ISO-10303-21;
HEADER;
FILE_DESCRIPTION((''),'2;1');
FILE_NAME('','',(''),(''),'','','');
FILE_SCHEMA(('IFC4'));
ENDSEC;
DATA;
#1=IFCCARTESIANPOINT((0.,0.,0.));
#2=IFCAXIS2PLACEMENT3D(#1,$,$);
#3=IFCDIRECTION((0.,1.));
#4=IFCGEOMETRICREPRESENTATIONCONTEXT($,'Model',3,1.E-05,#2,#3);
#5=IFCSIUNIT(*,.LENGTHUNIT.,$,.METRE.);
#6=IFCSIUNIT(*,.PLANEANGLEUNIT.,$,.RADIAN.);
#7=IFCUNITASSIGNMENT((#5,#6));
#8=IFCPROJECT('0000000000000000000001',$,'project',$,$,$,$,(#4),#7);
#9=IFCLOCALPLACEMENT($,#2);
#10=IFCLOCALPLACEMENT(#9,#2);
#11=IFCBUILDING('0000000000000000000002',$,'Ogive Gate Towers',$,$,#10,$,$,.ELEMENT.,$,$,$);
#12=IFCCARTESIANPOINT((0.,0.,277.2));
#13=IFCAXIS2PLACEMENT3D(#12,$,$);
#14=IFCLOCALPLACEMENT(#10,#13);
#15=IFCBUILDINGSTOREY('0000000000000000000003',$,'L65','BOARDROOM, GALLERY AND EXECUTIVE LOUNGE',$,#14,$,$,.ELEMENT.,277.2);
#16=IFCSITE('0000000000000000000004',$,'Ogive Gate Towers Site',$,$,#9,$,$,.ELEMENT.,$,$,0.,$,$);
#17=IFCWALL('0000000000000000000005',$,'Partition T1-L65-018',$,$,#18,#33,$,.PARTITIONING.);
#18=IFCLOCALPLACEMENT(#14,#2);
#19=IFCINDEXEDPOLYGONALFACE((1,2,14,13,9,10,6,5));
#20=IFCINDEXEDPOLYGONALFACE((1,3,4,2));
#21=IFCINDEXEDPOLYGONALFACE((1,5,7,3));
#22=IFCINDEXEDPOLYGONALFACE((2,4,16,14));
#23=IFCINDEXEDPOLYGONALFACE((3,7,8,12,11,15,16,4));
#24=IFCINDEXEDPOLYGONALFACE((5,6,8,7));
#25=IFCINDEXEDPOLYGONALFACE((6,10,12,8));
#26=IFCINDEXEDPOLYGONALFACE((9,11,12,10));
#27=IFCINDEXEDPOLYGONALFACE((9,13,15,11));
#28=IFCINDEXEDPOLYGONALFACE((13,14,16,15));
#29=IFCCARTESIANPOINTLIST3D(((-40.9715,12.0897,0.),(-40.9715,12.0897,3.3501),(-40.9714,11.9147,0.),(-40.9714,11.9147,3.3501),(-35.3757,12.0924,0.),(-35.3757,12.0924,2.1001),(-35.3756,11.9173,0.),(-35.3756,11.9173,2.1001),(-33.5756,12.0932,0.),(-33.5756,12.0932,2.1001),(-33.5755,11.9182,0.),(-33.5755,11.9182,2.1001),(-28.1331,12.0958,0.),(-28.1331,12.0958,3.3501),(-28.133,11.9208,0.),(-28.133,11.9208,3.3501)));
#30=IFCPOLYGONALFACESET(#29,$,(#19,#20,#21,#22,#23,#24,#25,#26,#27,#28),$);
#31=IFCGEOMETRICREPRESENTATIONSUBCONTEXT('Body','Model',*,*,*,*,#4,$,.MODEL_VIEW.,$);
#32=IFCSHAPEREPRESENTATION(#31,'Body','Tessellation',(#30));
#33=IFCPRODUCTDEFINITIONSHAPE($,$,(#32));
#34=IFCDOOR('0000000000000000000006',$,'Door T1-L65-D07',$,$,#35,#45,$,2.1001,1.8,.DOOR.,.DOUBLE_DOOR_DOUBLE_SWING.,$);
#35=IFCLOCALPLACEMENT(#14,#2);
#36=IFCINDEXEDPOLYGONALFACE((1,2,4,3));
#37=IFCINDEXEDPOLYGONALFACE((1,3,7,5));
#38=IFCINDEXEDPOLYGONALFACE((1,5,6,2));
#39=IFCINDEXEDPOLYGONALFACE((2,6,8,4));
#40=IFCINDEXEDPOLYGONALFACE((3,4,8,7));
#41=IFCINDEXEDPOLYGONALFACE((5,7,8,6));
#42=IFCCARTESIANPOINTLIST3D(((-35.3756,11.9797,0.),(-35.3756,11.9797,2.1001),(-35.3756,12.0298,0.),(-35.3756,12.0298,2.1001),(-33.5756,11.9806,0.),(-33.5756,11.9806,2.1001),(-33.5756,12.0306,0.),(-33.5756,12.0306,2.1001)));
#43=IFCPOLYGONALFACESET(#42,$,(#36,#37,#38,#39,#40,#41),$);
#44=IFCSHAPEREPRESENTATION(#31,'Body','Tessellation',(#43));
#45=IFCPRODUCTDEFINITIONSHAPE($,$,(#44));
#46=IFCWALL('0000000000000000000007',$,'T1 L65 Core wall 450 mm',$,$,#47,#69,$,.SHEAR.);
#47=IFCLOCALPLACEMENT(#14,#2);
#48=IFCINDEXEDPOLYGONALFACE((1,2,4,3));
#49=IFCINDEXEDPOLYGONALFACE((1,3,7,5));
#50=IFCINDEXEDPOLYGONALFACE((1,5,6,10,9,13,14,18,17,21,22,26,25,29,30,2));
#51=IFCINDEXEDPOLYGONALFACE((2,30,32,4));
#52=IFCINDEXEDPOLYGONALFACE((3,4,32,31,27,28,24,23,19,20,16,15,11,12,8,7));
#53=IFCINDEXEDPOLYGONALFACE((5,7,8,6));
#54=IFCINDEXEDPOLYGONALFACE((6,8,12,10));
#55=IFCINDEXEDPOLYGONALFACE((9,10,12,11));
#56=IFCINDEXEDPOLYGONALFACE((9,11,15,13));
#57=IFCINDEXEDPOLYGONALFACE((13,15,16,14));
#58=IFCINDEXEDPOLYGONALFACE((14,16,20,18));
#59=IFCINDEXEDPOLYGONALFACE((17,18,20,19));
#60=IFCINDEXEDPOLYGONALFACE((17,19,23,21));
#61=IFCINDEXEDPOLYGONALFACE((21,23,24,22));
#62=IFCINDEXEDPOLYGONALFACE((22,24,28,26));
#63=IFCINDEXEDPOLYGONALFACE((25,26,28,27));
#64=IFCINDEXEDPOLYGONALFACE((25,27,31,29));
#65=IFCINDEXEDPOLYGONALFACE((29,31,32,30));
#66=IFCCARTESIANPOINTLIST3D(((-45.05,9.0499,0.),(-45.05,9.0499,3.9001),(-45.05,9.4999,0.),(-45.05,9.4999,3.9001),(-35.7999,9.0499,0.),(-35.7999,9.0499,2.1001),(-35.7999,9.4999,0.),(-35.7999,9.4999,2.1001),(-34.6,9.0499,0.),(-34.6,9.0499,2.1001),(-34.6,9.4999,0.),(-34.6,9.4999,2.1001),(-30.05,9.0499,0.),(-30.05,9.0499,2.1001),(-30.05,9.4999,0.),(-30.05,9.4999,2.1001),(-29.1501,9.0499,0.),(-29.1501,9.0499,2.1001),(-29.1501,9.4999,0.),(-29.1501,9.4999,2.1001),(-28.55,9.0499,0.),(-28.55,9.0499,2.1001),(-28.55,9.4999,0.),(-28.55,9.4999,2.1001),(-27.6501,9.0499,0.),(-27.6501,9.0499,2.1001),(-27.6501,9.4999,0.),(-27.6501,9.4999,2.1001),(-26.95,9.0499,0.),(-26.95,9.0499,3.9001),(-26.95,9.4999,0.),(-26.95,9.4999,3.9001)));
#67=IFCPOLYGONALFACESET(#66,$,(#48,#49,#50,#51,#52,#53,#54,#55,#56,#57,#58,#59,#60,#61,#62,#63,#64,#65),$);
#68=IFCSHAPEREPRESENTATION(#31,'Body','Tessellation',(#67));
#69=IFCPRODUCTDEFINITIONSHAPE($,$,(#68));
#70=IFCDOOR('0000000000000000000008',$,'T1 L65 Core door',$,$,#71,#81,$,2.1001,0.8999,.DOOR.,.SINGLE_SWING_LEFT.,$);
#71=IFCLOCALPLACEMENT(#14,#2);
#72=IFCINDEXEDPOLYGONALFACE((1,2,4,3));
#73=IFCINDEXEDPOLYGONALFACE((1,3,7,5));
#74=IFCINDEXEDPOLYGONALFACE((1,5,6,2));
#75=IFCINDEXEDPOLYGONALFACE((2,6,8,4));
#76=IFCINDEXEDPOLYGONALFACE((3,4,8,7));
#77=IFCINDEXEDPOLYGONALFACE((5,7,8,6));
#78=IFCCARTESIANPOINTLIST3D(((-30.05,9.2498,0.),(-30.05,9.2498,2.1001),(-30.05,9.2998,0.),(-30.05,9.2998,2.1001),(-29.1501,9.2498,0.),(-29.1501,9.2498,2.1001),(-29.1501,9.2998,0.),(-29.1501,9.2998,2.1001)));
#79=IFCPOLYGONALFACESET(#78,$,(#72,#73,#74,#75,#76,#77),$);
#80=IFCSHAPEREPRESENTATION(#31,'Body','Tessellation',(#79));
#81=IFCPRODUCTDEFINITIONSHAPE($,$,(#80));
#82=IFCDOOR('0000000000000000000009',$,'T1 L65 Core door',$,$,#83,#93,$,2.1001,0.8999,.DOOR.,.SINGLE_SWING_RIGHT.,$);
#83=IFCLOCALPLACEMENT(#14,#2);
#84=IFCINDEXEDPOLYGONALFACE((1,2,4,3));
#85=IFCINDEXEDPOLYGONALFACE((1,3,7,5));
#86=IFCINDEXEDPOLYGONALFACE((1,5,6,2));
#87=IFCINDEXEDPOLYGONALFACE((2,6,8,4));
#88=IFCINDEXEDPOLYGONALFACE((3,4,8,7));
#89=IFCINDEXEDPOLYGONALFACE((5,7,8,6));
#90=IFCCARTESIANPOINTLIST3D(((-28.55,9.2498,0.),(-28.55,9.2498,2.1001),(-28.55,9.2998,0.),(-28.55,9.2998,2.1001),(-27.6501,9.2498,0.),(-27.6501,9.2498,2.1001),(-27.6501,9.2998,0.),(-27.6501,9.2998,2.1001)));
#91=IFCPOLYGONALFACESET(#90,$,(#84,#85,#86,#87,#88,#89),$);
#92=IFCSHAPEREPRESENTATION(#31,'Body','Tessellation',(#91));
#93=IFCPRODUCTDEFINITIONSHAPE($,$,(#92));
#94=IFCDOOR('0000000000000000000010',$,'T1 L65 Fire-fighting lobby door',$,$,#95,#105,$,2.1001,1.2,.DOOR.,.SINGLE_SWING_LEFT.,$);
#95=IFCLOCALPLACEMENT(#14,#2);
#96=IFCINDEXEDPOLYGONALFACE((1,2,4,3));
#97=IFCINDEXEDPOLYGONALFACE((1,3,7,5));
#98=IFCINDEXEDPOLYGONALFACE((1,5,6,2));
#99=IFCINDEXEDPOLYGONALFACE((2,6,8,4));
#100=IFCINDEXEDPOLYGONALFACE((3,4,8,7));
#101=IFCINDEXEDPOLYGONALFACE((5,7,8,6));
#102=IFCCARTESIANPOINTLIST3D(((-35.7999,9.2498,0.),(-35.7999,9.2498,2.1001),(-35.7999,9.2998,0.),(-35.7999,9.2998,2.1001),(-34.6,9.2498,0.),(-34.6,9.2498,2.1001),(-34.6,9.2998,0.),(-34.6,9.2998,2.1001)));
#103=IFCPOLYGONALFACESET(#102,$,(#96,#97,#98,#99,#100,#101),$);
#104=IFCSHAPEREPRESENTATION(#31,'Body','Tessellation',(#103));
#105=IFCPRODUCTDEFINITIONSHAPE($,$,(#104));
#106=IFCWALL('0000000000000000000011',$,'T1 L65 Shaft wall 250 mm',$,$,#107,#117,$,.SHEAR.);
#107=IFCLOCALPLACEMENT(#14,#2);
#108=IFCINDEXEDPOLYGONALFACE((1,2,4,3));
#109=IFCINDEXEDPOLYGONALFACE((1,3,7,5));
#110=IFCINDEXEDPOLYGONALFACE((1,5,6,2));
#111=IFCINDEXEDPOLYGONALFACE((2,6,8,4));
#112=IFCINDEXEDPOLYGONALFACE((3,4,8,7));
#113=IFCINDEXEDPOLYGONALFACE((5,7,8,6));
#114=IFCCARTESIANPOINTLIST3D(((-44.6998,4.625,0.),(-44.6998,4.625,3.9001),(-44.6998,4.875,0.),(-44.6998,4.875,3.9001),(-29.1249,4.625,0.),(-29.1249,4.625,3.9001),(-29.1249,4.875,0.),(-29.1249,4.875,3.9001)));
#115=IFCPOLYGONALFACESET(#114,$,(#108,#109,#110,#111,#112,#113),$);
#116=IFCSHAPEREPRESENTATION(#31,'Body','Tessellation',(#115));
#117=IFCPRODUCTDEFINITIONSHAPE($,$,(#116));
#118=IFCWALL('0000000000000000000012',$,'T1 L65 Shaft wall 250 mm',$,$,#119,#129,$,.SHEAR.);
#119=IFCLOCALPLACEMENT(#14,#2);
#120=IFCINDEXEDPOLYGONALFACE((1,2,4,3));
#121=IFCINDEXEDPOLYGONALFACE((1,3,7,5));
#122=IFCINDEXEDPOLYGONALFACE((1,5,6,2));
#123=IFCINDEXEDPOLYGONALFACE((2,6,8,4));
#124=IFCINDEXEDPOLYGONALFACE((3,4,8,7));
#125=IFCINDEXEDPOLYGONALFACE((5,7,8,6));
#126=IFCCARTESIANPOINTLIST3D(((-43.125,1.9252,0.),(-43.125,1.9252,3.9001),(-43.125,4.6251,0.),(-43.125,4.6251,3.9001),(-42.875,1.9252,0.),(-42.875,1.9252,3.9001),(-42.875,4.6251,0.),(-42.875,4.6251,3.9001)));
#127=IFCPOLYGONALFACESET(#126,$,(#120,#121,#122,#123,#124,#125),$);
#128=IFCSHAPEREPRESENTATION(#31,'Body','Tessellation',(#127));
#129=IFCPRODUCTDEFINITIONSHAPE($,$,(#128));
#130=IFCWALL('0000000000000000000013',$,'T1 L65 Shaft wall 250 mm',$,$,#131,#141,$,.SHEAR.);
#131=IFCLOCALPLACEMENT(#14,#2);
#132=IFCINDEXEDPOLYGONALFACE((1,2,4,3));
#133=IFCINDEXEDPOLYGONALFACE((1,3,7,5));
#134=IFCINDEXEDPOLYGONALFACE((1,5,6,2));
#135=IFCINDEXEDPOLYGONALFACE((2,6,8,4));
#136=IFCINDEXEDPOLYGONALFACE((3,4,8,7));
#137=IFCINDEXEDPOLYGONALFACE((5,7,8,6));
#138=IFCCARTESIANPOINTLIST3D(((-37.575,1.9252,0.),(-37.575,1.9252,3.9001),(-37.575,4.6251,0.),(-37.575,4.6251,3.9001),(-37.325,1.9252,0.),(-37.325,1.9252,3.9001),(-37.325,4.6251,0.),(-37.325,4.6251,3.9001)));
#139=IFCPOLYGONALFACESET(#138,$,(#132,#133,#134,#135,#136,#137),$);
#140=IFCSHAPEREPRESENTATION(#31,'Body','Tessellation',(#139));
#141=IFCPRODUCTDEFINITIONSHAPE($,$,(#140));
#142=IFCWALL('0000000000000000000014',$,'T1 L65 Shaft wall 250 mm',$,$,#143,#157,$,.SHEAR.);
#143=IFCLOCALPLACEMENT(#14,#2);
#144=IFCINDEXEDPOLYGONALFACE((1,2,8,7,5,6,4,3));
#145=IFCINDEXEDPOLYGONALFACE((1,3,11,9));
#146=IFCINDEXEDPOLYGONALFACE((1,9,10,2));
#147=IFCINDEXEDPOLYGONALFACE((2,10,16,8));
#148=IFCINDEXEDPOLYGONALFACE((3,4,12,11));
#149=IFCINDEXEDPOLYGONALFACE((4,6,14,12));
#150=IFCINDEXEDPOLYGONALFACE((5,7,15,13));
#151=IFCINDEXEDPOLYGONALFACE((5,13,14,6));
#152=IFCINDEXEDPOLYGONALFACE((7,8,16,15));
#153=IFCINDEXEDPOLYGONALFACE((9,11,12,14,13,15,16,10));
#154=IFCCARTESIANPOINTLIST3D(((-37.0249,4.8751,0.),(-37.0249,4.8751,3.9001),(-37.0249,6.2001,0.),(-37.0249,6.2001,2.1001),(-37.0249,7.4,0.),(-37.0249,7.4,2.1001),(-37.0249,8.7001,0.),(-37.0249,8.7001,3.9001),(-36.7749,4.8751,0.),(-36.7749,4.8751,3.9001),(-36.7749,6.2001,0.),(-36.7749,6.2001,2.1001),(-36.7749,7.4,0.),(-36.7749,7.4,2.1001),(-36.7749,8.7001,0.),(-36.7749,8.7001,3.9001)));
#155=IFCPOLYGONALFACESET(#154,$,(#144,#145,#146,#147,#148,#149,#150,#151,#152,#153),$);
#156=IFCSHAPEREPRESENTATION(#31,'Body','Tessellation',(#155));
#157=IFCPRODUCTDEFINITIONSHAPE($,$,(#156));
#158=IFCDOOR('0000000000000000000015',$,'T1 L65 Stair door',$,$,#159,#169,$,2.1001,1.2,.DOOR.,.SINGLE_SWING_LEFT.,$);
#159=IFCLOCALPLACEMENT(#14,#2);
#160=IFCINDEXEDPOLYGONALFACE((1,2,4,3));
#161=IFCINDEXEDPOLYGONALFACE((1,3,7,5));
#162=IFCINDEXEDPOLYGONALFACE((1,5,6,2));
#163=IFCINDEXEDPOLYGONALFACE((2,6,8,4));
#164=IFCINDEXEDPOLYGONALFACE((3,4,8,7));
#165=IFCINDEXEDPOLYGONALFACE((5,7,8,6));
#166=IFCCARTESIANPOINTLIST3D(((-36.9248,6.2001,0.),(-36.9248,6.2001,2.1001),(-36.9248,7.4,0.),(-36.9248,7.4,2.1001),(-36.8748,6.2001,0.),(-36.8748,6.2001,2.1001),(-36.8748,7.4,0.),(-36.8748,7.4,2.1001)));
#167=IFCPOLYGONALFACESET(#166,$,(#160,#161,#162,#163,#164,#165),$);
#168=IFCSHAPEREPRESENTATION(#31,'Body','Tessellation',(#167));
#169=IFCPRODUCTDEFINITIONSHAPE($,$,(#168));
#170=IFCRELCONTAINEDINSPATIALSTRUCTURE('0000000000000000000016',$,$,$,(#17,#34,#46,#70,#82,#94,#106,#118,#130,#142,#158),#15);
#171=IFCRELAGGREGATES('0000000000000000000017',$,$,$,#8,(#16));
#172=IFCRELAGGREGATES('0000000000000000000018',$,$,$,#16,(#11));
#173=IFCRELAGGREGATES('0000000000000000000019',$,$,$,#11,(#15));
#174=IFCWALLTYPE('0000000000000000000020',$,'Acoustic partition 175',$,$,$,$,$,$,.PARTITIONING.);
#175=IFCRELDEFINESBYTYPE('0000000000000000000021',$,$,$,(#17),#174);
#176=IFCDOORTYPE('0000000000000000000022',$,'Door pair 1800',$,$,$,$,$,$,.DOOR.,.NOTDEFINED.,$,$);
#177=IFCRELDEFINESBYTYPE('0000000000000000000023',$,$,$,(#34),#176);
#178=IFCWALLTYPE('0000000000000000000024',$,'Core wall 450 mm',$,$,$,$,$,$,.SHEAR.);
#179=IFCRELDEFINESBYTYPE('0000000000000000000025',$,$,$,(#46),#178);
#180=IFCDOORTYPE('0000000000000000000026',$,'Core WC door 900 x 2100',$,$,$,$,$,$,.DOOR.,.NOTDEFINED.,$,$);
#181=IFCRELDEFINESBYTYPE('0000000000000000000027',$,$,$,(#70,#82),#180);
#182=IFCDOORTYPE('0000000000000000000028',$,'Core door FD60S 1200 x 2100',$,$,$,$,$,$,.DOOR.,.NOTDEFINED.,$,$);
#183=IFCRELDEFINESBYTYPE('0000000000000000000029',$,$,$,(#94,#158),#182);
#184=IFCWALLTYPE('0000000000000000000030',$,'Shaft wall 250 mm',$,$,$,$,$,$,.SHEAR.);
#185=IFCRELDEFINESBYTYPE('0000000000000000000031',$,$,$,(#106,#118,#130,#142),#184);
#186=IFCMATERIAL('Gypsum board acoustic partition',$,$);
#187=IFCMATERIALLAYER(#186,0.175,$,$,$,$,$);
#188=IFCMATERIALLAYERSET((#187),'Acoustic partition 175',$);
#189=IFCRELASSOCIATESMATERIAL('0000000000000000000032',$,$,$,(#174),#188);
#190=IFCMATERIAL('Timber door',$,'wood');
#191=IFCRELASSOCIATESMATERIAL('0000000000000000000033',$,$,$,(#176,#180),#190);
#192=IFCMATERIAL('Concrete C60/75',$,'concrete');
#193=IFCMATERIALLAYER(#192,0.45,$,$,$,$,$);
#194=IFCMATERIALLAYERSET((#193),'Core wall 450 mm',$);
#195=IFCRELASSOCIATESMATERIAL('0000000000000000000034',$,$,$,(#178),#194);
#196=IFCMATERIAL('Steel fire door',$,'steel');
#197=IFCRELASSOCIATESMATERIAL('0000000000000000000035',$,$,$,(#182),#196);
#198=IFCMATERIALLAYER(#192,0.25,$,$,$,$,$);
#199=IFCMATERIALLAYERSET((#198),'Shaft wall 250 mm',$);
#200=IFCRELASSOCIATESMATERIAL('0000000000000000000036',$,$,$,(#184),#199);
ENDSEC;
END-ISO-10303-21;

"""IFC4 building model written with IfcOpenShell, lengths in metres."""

from ifc_helpers import new_model, si_unit, direction, frame, frame_2d, origin, place, context, subcontext, project, spatial, rectangle, extrude, material, layer, layer_set, type_object, element, fill, save


model = new_model("IFC4")

# Units and contexts
model_context = context("Model", 3, precision=1e-05, world=origin(), true_north=direction((0.0, 1.0)))
body_context = subcontext(model_context, "Body", "Model", "MODEL_VIEW")
ifc_project = project(units=[si_unit("LENGTHUNIT", "METRE"), si_unit("PLANEANGLEUNIT", "RADIAN")], contexts=[model_context])

# Site, building, storey
site_placement = place(None, origin())
site = spatial("IfcSite", under=ifc_project, at=site_placement, Name="Ogive Gate Towers Site", CompositionType="ELEMENT", RefElevation=0.0)
building_placement = place(site_placement, origin())
building = spatial("IfcBuilding", under=site, at=building_placement, Name="Ogive Gate Towers", CompositionType="ELEMENT")
storey_placement = place(building_placement, frame((0.0, 0.0, 277.2)))
storey = spatial("IfcBuildingStorey", under=building, at=storey_placement, Name="L65", Description="BOARDROOM, GALLERY AND EXECUTIVE LOUNGE", CompositionType="ELEMENT", Elevation=277.2)

# Wall, opening, door
ifc_material_1 = material(Name="Gypsum board acoustic partition")
ifc_layer_1 = layer(ifc_material_1, 0.175)
ifc_layer_set_1 = layer_set([ifc_layer_1], Name="Acoustic partition 175")
wall_type_1 = type_object("IfcWallType", Name="Acoustic partition 175", PredefinedType="PARTITIONING", material=ifc_layer_set_1)
wall_1_placement = place(storey_placement, frame((-40.9714, 12.0022, 0.0), z_axis=(0.0, 0.0, 1.0), x_axis=(1.0, 0.000475, 0.0)))
wall_1 = element("IfcWall", 1, at=wall_1_placement, inside=storey, type_object=wall_type_1, Name="Partition T1-L65-018", PredefinedType="PARTITIONING", context=body_context, shape_type="SweptSolid", body=[
    extrude(rectangle(XDim=12.8384, YDim=0.175, at=frame_2d((6.4192, 0.0))), origin(), (0.0, 0.0, 1.0), 3.3501),
])
opening_1_placement = place(wall_1_placement, frame((5.5959, 0.0, 0.0)))
opening_1 = element("IfcOpeningElement", 2, at=opening_1_placement, cuts=wall_1, PredefinedType="OPENING", context=body_context, shape_type="SweptSolid", body=[
    extrude(rectangle(XDim=1.8, YDim=2.1001, at=frame_2d((0.8999, 1.05))), frame((0.0, 0.0977, 0.0), z_axis=(0.0, -1.0, 0.0), x_axis=(1.0, 0.0, 0.0)), (0.0, 0.0, 1.0), 0.1951),
])
ifc_material_2 = material(Name="Timber door", Category="wood")
door_type_1 = type_object("IfcDoorType", Name="Door pair 1800", OperationType="NOTDEFINED", PredefinedType="DOOR", material=ifc_material_2)
door_1_placement = place(opening_1_placement, origin())
door_1 = element("IfcDoor", 3, at=door_1_placement, inside=storey, type_object=door_type_1, Name="Door T1-L65-D07", OperationType="DOUBLE_DOOR_DOUBLE_SWING", OverallHeight=2.1001, OverallWidth=1.8, PredefinedType="DOOR", context=body_context, shape_type="SweptSolid", body=[
    extrude(rectangle(XDim=1.8, YDim=2.1001, at=frame_2d((0.8999, 1.05))), frame((0.0, 0.0249, 0.0), z_axis=(0.0, -1.0, 0.0), x_axis=(1.0, 0.0, 0.0)), (0.0, 0.0, 1.0), 0.05),
])
fill(opening_1, door_1)

# Wall, openings, doors
ifc_material_3 = material(Name="Concrete C60/75", Category="concrete")
ifc_layer_2 = layer(ifc_material_3, 0.45)
ifc_layer_set_2 = layer_set([ifc_layer_2], Name="Core wall 450 mm")
wall_type_2 = type_object("IfcWallType", Name="Core wall 450 mm", PredefinedType="SHEAR", material=ifc_layer_set_2)
wall_2_placement = place(storey_placement, frame((-45.05, 9.2749, 0.0), z_axis=(0.0, 0.0, 1.0), x_axis=(1.0, 0.0, 0.0)))
wall_2 = element("IfcWall", 4, at=wall_2_placement, inside=storey, type_object=wall_type_2, Name="T1 L65 Core wall 450 mm", PredefinedType="SHEAR", context=body_context, shape_type="SweptSolid", body=[
    extrude(rectangle(XDim=18.1001, YDim=0.45, at=frame_2d((9.05, 0.0))), origin(), (0.0, 0.0, 1.0), 3.9001),
])
opening_2_placement = place(wall_2_placement, frame((9.25, 0.0, 0.0)))
opening_2 = element("IfcOpeningElement", 5, at=opening_2_placement, cuts=wall_2, PredefinedType="OPENING", context=body_context, shape_type="SweptSolid", body=[
    extrude(rectangle(XDim=1.2, YDim=2.1001, at=frame_2d((0.6001, 1.05))), frame((0.0, 0.2349, 0.0), z_axis=(0.0, -1.0, 0.0), x_axis=(1.0, 0.0, 0.0)), (0.0, 0.0, 1.0), 0.47),
])
opening_3_placement = place(wall_2_placement, frame((15.0, 0.0, 0.0)))
opening_3 = element("IfcOpeningElement", 6, at=opening_3_placement, cuts=wall_2, PredefinedType="OPENING", context=body_context, shape_type="SweptSolid", body=[
    extrude(rectangle(XDim=0.8999, YDim=2.1001, at=frame_2d((0.45, 1.05))), frame((0.0, 0.2349, 0.0), z_axis=(0.0, -1.0, 0.0), x_axis=(1.0, 0.0, 0.0)), (0.0, 0.0, 1.0), 0.47),
])
opening_4_placement = place(wall_2_placement, frame((16.5, 0.0, 0.0)))
opening_4 = element("IfcOpeningElement", 7, at=opening_4_placement, cuts=wall_2, PredefinedType="OPENING", context=body_context, shape_type="SweptSolid", body=[
    extrude(rectangle(XDim=0.8999, YDim=2.1001, at=frame_2d((0.45, 1.05))), frame((0.0, 0.2349, 0.0), z_axis=(0.0, -1.0, 0.0), x_axis=(1.0, 0.0, 0.0)), (0.0, 0.0, 1.0), 0.47),
])
door_type_2 = type_object("IfcDoorType", Name="Core WC door 900 x 2100", OperationType="NOTDEFINED", PredefinedType="DOOR", material=ifc_material_2)
door_2_placement = place(opening_3_placement, origin())
door_2 = element("IfcDoor", 8, at=door_2_placement, inside=storey, type_object=door_type_2, Name="T1 L65 Core door", OperationType="SINGLE_SWING_LEFT", OverallHeight=2.1001, OverallWidth=0.8999, PredefinedType="DOOR", context=body_context, shape_type="SweptSolid", body=[
    extrude(rectangle(XDim=0.8999, YDim=2.1001, at=frame_2d((0.45, 1.05))), frame((0.0, 0.0249, 0.0), z_axis=(0.0, -1.0, 0.0), x_axis=(1.0, 0.0, 0.0)), (0.0, 0.0, 1.0), 0.05),
])
fill(opening_3, door_2)
door_3_placement = place(opening_4_placement, origin())
door_3 = element("IfcDoor", 9, at=door_3_placement, inside=storey, type_object=door_type_2, Name="T1 L65 Core door", OperationType="SINGLE_SWING_RIGHT", OverallHeight=2.1001, OverallWidth=0.8999, PredefinedType="DOOR", context=body_context, shape_type="SweptSolid", body=[
    extrude(rectangle(XDim=0.8999, YDim=2.1001, at=frame_2d((0.45, 1.05))), frame((0.0, 0.0249, 0.0), z_axis=(0.0, -1.0, 0.0), x_axis=(1.0, 0.0, 0.0)), (0.0, 0.0, 1.0), 0.05),
])
fill(opening_4, door_3)
ifc_material_4 = material(Name="Steel fire door", Category="steel")
door_type_3 = type_object("IfcDoorType", Name="Core door FD60S 1200 x 2100", OperationType="NOTDEFINED", PredefinedType="DOOR", material=ifc_material_4)
door_4_placement = place(opening_2_placement, origin())
door_4 = element("IfcDoor", 10, at=door_4_placement, inside=storey, type_object=door_type_3, Name="T1 L65 Fire-fighting lobby door", OperationType="SINGLE_SWING_LEFT", OverallHeight=2.1001, OverallWidth=1.2, PredefinedType="DOOR", context=body_context, shape_type="SweptSolid", body=[
    extrude(rectangle(XDim=1.2, YDim=2.1001, at=frame_2d((0.6001, 1.05))), frame((0.0, 0.0249, 0.0), z_axis=(0.0, -1.0, 0.0), x_axis=(1.0, 0.0, 0.0)), (0.0, 0.0, 1.0), 0.05),
])
fill(opening_2, door_4)

# Walls
ifc_layer_3 = layer(ifc_material_3, 0.25)
ifc_layer_set_3 = layer_set([ifc_layer_3], Name="Shaft wall 250 mm")
wall_type_3 = type_object("IfcWallType", Name="Shaft wall 250 mm", PredefinedType="SHEAR", material=ifc_layer_set_3)
wall_3_placement = place(storey_placement, frame((-44.7, 4.75, 0.0), z_axis=(0.0, 0.0, 1.0), x_axis=(1.0, 0.0, 0.0)))
element("IfcWall", 11, at=wall_3_placement, inside=storey, type_object=wall_type_3, Name="T1 L65 Shaft wall 250 mm", PredefinedType="SHEAR", context=body_context, shape_type="SweptSolid", body=[
    extrude(rectangle(XDim=15.575, YDim=0.25, at=frame_2d((7.7876, 0.0))), origin(), (0.0, 0.0, 1.0), 3.9001),
])
for number, where, z_axis, x_axis, name in (
    (12, (-43.0, 1.925, 0.0), (0.0, 0.0, 1.0), (0.0, 1.0, 0.0), "T1 L65 Shaft wall 250 mm"),
    (13, (-37.45, 1.925, 0.0), (0.0, 0.0, 1.0), (0.0, 1.0, 0.0), "T1 L65 Shaft wall 250 mm"),
):
    element("IfcWall", number, at=place(storey_placement, frame(where, z_axis=z_axis, x_axis=x_axis)), inside=storey, type_object=wall_type_3, Name=name, PredefinedType="SHEAR", context=body_context, shape_type="SweptSolid", body=[
        extrude(rectangle(XDim=2.7, YDim=0.25, at=frame_2d((1.3501, 0.0))), origin(), (0.0, 0.0, 1.0), 3.9001),
    ])

# Wall, opening, door
wall_4_placement = place(storey_placement, frame((-36.8999, 4.875, 0.0), z_axis=(0.0, 0.0, 1.0), x_axis=(0.0, 1.0, 0.0)))
wall_4 = element("IfcWall", 14, at=wall_4_placement, inside=storey, type_object=wall_type_3, Name="T1 L65 Shaft wall 250 mm", PredefinedType="SHEAR", context=body_context, shape_type="SweptSolid", body=[
    extrude(rectangle(XDim=3.825, YDim=0.25, at=frame_2d((1.9126, 0.0))), origin(), (0.0, 0.0, 1.0), 3.9001),
])
opening_5_placement = place(wall_4_placement, frame((1.325, 0.0, 0.0)))
opening_5 = element("IfcOpeningElement", 15, at=opening_5_placement, cuts=wall_4, PredefinedType="OPENING", context=body_context, shape_type="SweptSolid", body=[
    extrude(rectangle(XDim=1.2, YDim=2.1001, at=frame_2d((0.6001, 1.05))), frame((0.0, 0.135, 0.0), z_axis=(0.0, -1.0, 0.0), x_axis=(1.0, 0.0, 0.0)), (0.0, 0.0, 1.0), 0.27),
])
door_5_placement = place(opening_5_placement, origin())
door_5 = element("IfcDoor", 16, at=door_5_placement, inside=storey, type_object=door_type_3, Name="T1 L65 Stair door", OperationType="SINGLE_SWING_LEFT", OverallHeight=2.1001, OverallWidth=1.2, PredefinedType="DOOR", context=body_context, shape_type="SweptSolid", body=[
    extrude(rectangle(XDim=1.2, YDim=2.1001, at=frame_2d((0.6001, 1.05))), frame((0.0, 0.0249, 0.0), z_axis=(0.0, -1.0, 0.0), x_axis=(1.0, 0.0, 0.0)), (0.0, 0.0, 1.0), 0.05),
])
fill(opening_5, door_5)

save(model, "model.ifc")
